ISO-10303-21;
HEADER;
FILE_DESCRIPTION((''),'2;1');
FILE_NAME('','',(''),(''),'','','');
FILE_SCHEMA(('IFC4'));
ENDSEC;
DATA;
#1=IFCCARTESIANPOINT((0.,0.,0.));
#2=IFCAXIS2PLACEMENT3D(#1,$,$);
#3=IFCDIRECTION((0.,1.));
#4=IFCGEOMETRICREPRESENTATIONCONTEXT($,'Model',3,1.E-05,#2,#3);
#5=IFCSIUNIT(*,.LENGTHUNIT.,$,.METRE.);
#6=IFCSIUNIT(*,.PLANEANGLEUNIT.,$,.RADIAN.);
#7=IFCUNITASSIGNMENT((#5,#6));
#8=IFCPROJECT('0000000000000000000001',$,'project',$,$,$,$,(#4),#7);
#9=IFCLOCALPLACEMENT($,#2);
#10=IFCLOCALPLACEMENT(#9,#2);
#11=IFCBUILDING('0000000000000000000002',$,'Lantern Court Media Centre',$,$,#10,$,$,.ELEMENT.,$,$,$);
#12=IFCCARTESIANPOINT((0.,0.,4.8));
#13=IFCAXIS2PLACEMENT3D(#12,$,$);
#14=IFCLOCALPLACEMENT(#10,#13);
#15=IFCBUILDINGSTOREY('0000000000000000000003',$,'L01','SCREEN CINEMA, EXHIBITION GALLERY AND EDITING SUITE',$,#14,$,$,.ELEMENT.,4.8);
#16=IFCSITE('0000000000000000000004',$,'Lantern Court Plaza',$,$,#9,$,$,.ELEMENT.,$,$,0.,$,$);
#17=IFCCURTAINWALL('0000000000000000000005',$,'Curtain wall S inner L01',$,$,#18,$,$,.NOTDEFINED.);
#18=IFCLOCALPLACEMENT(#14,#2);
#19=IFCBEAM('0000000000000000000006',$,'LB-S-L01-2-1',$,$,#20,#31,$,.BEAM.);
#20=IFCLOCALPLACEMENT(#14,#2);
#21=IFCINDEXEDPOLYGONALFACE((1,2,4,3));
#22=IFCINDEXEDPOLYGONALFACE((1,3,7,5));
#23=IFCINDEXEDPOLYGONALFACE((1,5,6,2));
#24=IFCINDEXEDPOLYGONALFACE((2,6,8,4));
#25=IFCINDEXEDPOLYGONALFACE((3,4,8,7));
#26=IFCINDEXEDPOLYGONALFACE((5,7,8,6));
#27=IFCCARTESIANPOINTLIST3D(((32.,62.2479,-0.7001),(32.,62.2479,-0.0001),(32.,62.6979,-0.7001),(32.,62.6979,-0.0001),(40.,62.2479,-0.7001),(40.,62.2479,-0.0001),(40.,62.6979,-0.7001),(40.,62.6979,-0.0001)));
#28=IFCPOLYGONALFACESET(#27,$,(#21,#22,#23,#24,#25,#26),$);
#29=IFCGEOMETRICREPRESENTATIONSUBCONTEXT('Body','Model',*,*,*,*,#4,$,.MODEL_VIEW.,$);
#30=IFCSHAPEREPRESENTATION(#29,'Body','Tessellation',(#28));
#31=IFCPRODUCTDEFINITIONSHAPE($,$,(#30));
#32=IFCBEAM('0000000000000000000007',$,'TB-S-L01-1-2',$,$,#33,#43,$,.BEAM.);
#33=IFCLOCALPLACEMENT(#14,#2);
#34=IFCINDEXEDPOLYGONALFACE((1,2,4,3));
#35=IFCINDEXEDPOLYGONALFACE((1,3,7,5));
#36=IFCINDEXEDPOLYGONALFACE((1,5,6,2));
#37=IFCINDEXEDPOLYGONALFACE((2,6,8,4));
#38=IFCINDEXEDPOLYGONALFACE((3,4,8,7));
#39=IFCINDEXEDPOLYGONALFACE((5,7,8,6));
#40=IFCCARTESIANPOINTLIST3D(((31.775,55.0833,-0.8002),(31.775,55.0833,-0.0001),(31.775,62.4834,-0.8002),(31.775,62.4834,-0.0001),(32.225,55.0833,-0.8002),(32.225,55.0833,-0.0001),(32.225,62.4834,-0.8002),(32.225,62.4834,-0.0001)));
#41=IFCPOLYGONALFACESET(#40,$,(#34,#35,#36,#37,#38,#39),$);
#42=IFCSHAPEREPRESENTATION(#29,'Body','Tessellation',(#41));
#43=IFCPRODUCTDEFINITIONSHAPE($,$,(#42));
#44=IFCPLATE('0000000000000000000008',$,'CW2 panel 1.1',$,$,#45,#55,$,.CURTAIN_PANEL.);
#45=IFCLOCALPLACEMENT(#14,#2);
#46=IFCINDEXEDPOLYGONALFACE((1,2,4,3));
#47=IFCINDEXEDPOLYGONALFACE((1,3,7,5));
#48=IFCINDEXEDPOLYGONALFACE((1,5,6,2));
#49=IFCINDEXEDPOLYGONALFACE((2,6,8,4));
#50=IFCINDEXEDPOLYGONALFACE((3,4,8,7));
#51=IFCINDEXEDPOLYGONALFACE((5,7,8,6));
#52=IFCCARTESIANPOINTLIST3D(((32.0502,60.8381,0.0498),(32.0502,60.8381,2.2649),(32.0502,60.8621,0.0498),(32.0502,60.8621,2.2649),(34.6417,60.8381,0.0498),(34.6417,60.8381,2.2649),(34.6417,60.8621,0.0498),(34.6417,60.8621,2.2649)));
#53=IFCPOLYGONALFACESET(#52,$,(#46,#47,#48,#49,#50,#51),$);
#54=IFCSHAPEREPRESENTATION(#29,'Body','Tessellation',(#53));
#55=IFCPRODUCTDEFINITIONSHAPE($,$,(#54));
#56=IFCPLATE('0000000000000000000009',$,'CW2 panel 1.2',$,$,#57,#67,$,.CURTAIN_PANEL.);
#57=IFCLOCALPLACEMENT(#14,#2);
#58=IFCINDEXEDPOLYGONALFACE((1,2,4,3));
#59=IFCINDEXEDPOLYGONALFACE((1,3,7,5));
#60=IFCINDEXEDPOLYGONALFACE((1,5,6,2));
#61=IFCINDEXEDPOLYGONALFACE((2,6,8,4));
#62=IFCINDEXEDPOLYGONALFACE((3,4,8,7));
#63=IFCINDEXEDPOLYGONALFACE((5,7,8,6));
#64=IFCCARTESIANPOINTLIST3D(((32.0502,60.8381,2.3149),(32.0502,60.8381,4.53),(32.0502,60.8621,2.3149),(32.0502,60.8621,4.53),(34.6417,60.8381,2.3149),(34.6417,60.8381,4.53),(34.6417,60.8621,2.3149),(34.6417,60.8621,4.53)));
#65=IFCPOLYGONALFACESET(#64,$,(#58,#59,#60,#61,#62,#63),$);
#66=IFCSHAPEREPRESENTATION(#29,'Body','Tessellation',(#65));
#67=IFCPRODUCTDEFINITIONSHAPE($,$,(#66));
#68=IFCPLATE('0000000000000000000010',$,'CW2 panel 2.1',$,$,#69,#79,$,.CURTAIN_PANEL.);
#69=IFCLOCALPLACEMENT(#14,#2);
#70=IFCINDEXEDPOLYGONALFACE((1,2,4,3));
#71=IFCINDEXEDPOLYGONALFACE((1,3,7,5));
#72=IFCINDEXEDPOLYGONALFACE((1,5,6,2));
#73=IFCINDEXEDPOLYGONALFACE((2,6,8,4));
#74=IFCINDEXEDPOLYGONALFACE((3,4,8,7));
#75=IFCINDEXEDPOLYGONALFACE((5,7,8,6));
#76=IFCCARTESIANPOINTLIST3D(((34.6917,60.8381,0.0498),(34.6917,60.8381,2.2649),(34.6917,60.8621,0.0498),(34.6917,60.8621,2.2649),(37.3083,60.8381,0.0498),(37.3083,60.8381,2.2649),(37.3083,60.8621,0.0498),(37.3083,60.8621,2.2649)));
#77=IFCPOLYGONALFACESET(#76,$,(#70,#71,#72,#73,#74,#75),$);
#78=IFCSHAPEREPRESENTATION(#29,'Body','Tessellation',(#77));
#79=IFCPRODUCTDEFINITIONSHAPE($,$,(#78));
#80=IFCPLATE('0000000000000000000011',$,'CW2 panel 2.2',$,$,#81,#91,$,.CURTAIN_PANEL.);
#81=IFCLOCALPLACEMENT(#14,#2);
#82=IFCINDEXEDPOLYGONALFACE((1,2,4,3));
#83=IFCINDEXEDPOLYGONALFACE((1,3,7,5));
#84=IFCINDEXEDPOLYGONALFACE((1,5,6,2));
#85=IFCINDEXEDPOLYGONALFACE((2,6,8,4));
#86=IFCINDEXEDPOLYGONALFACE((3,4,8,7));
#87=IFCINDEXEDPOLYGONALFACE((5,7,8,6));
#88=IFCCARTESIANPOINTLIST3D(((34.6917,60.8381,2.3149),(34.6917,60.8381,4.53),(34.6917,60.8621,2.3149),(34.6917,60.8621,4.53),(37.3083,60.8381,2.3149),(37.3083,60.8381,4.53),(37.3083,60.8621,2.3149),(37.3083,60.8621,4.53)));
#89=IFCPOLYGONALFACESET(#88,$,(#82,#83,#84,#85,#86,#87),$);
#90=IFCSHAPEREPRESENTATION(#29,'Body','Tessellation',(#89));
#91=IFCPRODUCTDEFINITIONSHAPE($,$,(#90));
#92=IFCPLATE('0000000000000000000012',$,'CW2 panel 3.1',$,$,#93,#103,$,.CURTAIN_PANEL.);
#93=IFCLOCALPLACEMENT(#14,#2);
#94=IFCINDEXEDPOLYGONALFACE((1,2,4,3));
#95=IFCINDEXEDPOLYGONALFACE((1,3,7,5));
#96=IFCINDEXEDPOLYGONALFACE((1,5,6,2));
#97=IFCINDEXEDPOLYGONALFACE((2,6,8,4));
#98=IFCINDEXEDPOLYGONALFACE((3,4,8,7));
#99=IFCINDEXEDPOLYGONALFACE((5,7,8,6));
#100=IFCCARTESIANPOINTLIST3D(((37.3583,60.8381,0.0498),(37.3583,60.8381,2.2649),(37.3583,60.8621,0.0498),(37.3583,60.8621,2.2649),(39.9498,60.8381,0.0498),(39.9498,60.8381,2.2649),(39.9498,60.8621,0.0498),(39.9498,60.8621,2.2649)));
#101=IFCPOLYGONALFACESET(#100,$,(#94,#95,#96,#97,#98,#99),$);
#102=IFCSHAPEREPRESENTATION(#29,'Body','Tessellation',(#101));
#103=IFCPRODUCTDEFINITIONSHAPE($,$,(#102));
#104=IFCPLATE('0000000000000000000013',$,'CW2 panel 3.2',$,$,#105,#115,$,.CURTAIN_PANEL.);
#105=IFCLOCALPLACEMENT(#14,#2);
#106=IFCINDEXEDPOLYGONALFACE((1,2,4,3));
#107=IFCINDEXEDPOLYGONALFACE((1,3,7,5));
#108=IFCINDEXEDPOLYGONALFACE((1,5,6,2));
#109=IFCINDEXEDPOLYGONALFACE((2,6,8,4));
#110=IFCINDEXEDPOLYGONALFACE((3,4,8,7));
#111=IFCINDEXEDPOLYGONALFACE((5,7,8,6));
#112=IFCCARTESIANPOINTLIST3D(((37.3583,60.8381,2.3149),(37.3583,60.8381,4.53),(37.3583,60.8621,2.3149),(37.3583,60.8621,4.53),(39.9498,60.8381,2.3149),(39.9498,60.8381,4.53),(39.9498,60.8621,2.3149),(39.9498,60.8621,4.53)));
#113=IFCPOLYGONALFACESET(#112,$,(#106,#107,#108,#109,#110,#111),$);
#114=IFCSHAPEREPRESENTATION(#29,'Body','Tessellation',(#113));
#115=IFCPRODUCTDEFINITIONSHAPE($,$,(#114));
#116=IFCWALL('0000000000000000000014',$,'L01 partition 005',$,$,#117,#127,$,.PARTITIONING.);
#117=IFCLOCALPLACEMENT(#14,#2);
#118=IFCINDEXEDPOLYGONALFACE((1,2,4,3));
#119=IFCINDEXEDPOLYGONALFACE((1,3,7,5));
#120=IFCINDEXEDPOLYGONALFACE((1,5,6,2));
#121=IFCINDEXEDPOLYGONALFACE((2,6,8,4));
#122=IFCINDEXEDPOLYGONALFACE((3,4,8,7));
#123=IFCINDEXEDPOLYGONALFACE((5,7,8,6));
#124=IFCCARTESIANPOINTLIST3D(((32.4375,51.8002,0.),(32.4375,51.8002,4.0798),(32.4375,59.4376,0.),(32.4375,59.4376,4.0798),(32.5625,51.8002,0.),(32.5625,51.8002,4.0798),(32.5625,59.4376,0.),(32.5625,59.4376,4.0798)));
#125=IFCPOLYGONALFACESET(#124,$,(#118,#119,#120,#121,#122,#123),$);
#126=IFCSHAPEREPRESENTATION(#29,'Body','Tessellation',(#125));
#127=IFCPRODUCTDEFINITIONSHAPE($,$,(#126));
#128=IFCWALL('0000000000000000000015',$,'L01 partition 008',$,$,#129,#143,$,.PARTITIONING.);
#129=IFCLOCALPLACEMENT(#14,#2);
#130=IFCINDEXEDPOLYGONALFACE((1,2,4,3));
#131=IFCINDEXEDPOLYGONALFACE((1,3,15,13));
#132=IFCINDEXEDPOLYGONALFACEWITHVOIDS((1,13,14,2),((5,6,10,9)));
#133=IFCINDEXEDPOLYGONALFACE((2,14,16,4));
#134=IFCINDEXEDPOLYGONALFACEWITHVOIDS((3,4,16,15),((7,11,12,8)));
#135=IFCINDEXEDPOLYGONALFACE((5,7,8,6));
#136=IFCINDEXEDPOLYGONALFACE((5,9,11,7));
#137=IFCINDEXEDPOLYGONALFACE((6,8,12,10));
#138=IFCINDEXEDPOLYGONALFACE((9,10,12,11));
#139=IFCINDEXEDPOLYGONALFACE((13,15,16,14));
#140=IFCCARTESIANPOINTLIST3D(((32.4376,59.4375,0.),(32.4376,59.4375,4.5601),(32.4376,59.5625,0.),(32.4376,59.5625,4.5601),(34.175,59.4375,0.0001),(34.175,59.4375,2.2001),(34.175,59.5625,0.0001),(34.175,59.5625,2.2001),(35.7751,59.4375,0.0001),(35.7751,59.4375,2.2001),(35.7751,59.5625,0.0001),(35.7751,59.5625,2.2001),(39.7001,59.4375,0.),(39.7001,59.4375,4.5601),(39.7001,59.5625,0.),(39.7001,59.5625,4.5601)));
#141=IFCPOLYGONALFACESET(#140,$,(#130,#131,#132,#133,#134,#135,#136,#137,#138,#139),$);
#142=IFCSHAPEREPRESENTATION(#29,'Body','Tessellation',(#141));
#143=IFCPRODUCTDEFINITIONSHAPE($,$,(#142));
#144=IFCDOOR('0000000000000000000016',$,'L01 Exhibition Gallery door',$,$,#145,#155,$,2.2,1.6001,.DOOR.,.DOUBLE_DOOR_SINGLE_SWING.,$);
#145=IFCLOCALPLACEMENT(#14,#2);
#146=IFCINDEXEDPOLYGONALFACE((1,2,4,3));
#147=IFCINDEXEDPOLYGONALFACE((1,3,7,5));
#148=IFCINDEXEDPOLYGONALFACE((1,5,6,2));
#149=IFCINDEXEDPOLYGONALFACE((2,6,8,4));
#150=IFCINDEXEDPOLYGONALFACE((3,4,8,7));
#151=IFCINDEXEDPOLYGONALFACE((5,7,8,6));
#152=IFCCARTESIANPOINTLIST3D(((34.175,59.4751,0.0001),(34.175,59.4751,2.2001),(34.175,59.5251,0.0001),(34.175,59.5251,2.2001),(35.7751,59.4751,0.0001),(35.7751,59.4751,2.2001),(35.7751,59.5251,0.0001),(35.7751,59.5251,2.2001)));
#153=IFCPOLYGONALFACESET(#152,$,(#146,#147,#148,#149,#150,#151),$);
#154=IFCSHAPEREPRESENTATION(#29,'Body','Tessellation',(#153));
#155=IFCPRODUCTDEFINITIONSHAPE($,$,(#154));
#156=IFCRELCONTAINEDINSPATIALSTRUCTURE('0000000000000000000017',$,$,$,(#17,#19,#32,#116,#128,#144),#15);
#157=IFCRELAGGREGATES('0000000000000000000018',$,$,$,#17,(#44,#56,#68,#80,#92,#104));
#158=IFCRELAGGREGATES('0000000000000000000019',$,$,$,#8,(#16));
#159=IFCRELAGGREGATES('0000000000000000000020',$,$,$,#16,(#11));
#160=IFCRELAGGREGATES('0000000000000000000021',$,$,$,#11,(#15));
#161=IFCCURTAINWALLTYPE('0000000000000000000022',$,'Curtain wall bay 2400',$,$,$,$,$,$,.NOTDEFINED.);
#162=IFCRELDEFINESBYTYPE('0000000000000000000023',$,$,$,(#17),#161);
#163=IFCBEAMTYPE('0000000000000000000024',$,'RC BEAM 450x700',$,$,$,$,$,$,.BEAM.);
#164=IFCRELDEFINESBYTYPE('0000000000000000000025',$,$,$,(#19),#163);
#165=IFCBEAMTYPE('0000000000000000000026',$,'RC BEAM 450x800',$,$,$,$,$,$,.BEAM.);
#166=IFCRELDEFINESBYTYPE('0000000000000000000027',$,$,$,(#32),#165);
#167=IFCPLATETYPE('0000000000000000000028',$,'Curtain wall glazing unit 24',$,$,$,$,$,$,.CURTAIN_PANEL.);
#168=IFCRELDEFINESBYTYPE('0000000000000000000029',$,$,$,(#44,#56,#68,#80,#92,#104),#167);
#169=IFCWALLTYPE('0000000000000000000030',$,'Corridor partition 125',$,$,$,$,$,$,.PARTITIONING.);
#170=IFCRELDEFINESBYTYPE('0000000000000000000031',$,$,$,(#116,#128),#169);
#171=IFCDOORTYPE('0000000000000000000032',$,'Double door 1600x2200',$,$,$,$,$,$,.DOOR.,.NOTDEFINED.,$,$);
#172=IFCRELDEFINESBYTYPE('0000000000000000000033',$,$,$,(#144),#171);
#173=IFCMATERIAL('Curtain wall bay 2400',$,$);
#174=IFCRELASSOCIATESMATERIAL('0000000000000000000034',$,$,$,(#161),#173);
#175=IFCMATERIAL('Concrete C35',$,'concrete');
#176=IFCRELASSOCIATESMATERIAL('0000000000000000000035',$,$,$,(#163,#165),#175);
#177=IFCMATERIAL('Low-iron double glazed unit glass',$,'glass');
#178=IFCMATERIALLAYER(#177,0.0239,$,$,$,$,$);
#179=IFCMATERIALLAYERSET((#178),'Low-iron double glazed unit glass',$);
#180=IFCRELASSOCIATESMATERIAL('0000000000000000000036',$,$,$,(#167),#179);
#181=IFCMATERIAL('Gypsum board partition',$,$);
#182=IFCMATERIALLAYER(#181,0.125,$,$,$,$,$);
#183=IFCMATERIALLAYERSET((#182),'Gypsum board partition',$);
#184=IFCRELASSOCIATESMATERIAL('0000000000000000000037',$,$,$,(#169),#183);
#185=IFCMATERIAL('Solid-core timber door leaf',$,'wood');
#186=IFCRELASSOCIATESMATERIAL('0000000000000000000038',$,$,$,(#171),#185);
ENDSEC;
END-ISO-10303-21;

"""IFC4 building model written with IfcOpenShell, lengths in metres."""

from ifc_helpers import new_model, si_unit, direction, frame, frame_2d, origin, origin_2d, place, context, subcontext, project, spatial, rectangle, extrude, material, layer, layer_set, material_profile, profile_set, type_object, element, fill, aggregate, save


model = new_model("IFC4")

# Units and contexts
model_context = context("Model", 3, precision=1e-05, world=origin(), true_north=direction((0.0, 1.0)))
body_context = subcontext(model_context, "Body", "Model", "MODEL_VIEW")
ifc_project = project(units=[si_unit("LENGTHUNIT", "METRE"), si_unit("PLANEANGLEUNIT", "RADIAN")], contexts=[model_context])

# Site, building, storey
site_placement = place(None, origin())
site = spatial("IfcSite", under=ifc_project, at=site_placement, Name="Lantern Court Plaza", CompositionType="ELEMENT", RefElevation=0.0)
building_placement = place(site_placement, origin())
building = spatial("IfcBuilding", under=site, at=building_placement, Name="Lantern Court Media Centre", CompositionType="ELEMENT")
storey_placement = place(building_placement, frame((0.0, 0.0, 4.8)))
storey = spatial("IfcBuildingStorey", under=building, at=storey_placement, Name="L01", Description="SCREEN CINEMA, EXHIBITION GALLERY AND EDITING SUITE", CompositionType="ELEMENT", Elevation=4.8)

# Shared definitions
ifc_material_1 = material(Name="Concrete C35", Category="concrete")

# Curtain wall
ifc_material_2 = material(Name="Curtain wall bay 2400")
curtain_wall_type = type_object("IfcCurtainWallType", Name="Curtain wall bay 2400", PredefinedType="NOTDEFINED", material=ifc_material_2)
curtain_wall_placement = place(storey_placement, origin())
curtain_wall = element("IfcCurtainWall", 1, at=curtain_wall_placement, inside=storey, type_object=curtain_wall_type, Name="Curtain wall S inner L01", PredefinedType="NOTDEFINED")

# Beams
ifc_material_profile_1 = material_profile(ifc_material_1, rectangle(XDim=0.45, YDim=0.7, at=origin_2d()), Name="RC 450x700")
ifc_profile_set_1 = profile_set([ifc_material_profile_1], Name="Concrete C35")
beam_type_1 = type_object("IfcBeamType", Name="RC BEAM 450x700", PredefinedType="BEAM", material=ifc_profile_set_1)
beam_1_placement = place(storey_placement, frame((32.0, 62.4729, -0.3501), z_axis=(1.0, 0.0, 0.0), x_axis=(0.0, 1.0, 0.0)))
element("IfcBeam", 2, at=beam_1_placement, inside=storey, type_object=beam_type_1, Name="LB-S-L01-2-1", PredefinedType="BEAM", context=body_context, shape_type="SweptSolid", body=[
    extrude(rectangle(XDim=0.45, YDim=0.7, at=origin_2d()), origin(), (0.0, 0.0, 1.0), 8.0),
])
ifc_material_profile_2 = material_profile(ifc_material_1, rectangle(XDim=0.45, YDim=0.8, at=origin_2d()), Name="RC 450x800")
ifc_profile_set_2 = profile_set([ifc_material_profile_2], Name="Concrete C35")
beam_type_2 = type_object("IfcBeamType", Name="RC BEAM 450x800", PredefinedType="BEAM", material=ifc_profile_set_2)
beam_2_placement = place(storey_placement, frame((32.0, 55.0833, -0.4001), z_axis=(0.0, 1.0, 0.0), x_axis=(-1.0, 0.0, 0.0)))
element("IfcBeam", 3, at=beam_2_placement, inside=storey, type_object=beam_type_2, Name="TB-S-L01-1-2", PredefinedType="BEAM", context=body_context, shape_type="SweptSolid", body=[
    extrude(rectangle(XDim=0.45, YDim=0.8, at=origin_2d()), origin(), (0.0, 0.0, 1.0), 7.4001),
])

# Plates
ifc_material_3 = material(Name="Low-iron double glazed unit glass", Category="glass")
ifc_layer_1 = layer(ifc_material_3, 0.0239)
ifc_layer_set_1 = layer_set([ifc_layer_1], Name="Low-iron double glazed unit glass")
plate_type = type_object("IfcPlateType", Name="Curtain wall glazing unit 24", PredefinedType="CURTAIN_PANEL", material=ifc_layer_set_1)
plate_1_placement = place(storey_placement, frame((33.3459, 60.8501, 0.0498), z_axis=(0.0, 0.0, 1.0), x_axis=(1.0, 0.0, 0.0)))
plate_1 = element("IfcPlate", 4, at=plate_1_placement, type_object=plate_type, Name="CW2 panel 1.1", PredefinedType="CURTAIN_PANEL", context=body_context, shape_type="SweptSolid", body=[
    extrude(rectangle(XDim=2.5916, YDim=0.0239, at=origin_2d()), origin(), (0.0, 0.0, 1.0), 2.2151),
])
plate_2_placement = place(storey_placement, frame((33.3459, 60.8501, 2.3149), z_axis=(0.0, 0.0, 1.0), x_axis=(1.0, 0.0, 0.0)))
plate_2 = element("IfcPlate", 5, at=plate_2_placement, type_object=plate_type, Name="CW2 panel 1.2", PredefinedType="CURTAIN_PANEL", context=body_context, shape_type="SweptSolid", body=[
    extrude(rectangle(XDim=2.5916, YDim=0.0239, at=origin_2d()), origin(), (0.0, 0.0, 1.0), 2.2151),
])
plate_3_placement = place(storey_placement, frame((36.0, 60.8501, 0.0498), z_axis=(0.0, 0.0, 1.0), x_axis=(1.0, 0.0, 0.0)))
plate_3 = element("IfcPlate", 6, at=plate_3_placement, type_object=plate_type, Name="CW2 panel 2.1", PredefinedType="CURTAIN_PANEL", context=body_context, shape_type="SweptSolid", body=[
    extrude(rectangle(XDim=2.6167, YDim=0.0239, at=origin_2d()), origin(), (0.0, 0.0, 1.0), 2.2151),
])
plate_4_placement = place(storey_placement, frame((36.0, 60.8501, 2.3149), z_axis=(0.0, 0.0, 1.0), x_axis=(1.0, 0.0, 0.0)))
plate_4 = element("IfcPlate", 7, at=plate_4_placement, type_object=plate_type, Name="CW2 panel 2.2", PredefinedType="CURTAIN_PANEL", context=body_context, shape_type="SweptSolid", body=[
    extrude(rectangle(XDim=2.6167, YDim=0.0239, at=origin_2d()), origin(), (0.0, 0.0, 1.0), 2.2151),
])
plate_5_placement = place(storey_placement, frame((38.6541, 60.8501, 0.0498), z_axis=(0.0, 0.0, 1.0), x_axis=(1.0, 0.0, 0.0)))
plate_5 = element("IfcPlate", 8, at=plate_5_placement, type_object=plate_type, Name="CW2 panel 3.1", PredefinedType="CURTAIN_PANEL", context=body_context, shape_type="SweptSolid", body=[
    extrude(rectangle(XDim=2.5916, YDim=0.0239, at=origin_2d()), origin(), (0.0, 0.0, 1.0), 2.2151),
])
plate_6_placement = place(storey_placement, frame((38.6541, 60.8501, 2.3149), z_axis=(0.0, 0.0, 1.0), x_axis=(1.0, 0.0, 0.0)))
plate_6 = element("IfcPlate", 9, at=plate_6_placement, type_object=plate_type, Name="CW2 panel 3.2", PredefinedType="CURTAIN_PANEL", context=body_context, shape_type="SweptSolid", body=[
    extrude(rectangle(XDim=2.5916, YDim=0.0239, at=origin_2d()), origin(), (0.0, 0.0, 1.0), 2.2151),
])
aggregate(curtain_wall, [plate_1, plate_2, plate_3, plate_4, plate_5, plate_6])

# Wall
ifc_material_4 = material(Name="Gypsum board partition")
ifc_layer_2 = layer(ifc_material_4, 0.125)
ifc_layer_set_2 = layer_set([ifc_layer_2], Name="Gypsum board partition")
wall_type = type_object("IfcWallType", Name="Corridor partition 125", PredefinedType="PARTITIONING", material=ifc_layer_set_2)
wall_1_placement = place(storey_placement, frame((32.5, 51.8, 0.0), z_axis=(0.0, 0.0, 1.0), x_axis=(0.0, 1.0, 0.0)))
element("IfcWall", 10, at=wall_1_placement, inside=storey, type_object=wall_type, Name="L01 partition 005", PredefinedType="PARTITIONING", context=body_context, shape_type="SweptSolid", body=[
    extrude(rectangle(XDim=7.6375, YDim=0.125, at=frame_2d((3.8188, 0.0))), origin(), (0.0, 0.0, 1.0), 4.0798),
])

# Wall, opening, door
wall_2_placement = place(storey_placement, frame((32.4375, 59.5, 0.0), z_axis=(0.0, 0.0, 1.0), x_axis=(1.0, 0.0, 0.0)))
wall_2 = element("IfcWall", 11, at=wall_2_placement, inside=storey, type_object=wall_type, Name="L01 partition 008", PredefinedType="PARTITIONING", context=body_context, shape_type="SweptSolid", body=[
    extrude(rectangle(XDim=7.2625, YDim=0.125, at=frame_2d((3.6313, 0.0))), origin(), (0.0, 0.0, 1.0), 4.5601),
])
opening_placement = place(wall_2_placement, frame((1.7375, 0.0, 0.0)))
opening = element("IfcOpeningElement", 12, at=opening_placement, cuts=wall_2, PredefinedType="OPENING", context=body_context, shape_type="SweptSolid", body=[
    extrude(rectangle(XDim=1.6001, YDim=2.2, at=frame_2d((0.8, 1.1001))), frame((0.0, 0.0725, 0.0), z_axis=(0.0, -1.0, 0.0), x_axis=(1.0, 0.0, 0.0)), (0.0, 0.0, 1.0), 0.145),
])
ifc_material_5 = material(Name="Solid-core timber door leaf", Category="wood")
door_type = type_object("IfcDoorType", Name="Double door 1600x2200", OperationType="NOTDEFINED", PredefinedType="DOOR", material=ifc_material_5)
door_placement = place(opening_placement, frame((1.6001, 0.0, 0.0), z_axis=(0.0, 0.0, 1.0), x_axis=(-1.0, 0.0, 0.0)))
door = element("IfcDoor", 13, at=door_placement, inside=storey, type_object=door_type, Name="L01 Exhibition Gallery door", OperationType="DOUBLE_DOOR_SINGLE_SWING", OverallHeight=2.2, OverallWidth=1.6001, PredefinedType="DOOR", context=body_context, shape_type="SweptSolid", body=[
    extrude(rectangle(XDim=1.6001, YDim=2.2, at=frame_2d((0.8, 1.1001))), frame((0.0, 0.0249, 0.0), z_axis=(0.0, -1.0, 0.0), x_axis=(1.0, 0.0, 0.0)), (0.0, 0.0, 1.0), 0.05),
])
fill(opening, door)

save(model, "model.ifc")
